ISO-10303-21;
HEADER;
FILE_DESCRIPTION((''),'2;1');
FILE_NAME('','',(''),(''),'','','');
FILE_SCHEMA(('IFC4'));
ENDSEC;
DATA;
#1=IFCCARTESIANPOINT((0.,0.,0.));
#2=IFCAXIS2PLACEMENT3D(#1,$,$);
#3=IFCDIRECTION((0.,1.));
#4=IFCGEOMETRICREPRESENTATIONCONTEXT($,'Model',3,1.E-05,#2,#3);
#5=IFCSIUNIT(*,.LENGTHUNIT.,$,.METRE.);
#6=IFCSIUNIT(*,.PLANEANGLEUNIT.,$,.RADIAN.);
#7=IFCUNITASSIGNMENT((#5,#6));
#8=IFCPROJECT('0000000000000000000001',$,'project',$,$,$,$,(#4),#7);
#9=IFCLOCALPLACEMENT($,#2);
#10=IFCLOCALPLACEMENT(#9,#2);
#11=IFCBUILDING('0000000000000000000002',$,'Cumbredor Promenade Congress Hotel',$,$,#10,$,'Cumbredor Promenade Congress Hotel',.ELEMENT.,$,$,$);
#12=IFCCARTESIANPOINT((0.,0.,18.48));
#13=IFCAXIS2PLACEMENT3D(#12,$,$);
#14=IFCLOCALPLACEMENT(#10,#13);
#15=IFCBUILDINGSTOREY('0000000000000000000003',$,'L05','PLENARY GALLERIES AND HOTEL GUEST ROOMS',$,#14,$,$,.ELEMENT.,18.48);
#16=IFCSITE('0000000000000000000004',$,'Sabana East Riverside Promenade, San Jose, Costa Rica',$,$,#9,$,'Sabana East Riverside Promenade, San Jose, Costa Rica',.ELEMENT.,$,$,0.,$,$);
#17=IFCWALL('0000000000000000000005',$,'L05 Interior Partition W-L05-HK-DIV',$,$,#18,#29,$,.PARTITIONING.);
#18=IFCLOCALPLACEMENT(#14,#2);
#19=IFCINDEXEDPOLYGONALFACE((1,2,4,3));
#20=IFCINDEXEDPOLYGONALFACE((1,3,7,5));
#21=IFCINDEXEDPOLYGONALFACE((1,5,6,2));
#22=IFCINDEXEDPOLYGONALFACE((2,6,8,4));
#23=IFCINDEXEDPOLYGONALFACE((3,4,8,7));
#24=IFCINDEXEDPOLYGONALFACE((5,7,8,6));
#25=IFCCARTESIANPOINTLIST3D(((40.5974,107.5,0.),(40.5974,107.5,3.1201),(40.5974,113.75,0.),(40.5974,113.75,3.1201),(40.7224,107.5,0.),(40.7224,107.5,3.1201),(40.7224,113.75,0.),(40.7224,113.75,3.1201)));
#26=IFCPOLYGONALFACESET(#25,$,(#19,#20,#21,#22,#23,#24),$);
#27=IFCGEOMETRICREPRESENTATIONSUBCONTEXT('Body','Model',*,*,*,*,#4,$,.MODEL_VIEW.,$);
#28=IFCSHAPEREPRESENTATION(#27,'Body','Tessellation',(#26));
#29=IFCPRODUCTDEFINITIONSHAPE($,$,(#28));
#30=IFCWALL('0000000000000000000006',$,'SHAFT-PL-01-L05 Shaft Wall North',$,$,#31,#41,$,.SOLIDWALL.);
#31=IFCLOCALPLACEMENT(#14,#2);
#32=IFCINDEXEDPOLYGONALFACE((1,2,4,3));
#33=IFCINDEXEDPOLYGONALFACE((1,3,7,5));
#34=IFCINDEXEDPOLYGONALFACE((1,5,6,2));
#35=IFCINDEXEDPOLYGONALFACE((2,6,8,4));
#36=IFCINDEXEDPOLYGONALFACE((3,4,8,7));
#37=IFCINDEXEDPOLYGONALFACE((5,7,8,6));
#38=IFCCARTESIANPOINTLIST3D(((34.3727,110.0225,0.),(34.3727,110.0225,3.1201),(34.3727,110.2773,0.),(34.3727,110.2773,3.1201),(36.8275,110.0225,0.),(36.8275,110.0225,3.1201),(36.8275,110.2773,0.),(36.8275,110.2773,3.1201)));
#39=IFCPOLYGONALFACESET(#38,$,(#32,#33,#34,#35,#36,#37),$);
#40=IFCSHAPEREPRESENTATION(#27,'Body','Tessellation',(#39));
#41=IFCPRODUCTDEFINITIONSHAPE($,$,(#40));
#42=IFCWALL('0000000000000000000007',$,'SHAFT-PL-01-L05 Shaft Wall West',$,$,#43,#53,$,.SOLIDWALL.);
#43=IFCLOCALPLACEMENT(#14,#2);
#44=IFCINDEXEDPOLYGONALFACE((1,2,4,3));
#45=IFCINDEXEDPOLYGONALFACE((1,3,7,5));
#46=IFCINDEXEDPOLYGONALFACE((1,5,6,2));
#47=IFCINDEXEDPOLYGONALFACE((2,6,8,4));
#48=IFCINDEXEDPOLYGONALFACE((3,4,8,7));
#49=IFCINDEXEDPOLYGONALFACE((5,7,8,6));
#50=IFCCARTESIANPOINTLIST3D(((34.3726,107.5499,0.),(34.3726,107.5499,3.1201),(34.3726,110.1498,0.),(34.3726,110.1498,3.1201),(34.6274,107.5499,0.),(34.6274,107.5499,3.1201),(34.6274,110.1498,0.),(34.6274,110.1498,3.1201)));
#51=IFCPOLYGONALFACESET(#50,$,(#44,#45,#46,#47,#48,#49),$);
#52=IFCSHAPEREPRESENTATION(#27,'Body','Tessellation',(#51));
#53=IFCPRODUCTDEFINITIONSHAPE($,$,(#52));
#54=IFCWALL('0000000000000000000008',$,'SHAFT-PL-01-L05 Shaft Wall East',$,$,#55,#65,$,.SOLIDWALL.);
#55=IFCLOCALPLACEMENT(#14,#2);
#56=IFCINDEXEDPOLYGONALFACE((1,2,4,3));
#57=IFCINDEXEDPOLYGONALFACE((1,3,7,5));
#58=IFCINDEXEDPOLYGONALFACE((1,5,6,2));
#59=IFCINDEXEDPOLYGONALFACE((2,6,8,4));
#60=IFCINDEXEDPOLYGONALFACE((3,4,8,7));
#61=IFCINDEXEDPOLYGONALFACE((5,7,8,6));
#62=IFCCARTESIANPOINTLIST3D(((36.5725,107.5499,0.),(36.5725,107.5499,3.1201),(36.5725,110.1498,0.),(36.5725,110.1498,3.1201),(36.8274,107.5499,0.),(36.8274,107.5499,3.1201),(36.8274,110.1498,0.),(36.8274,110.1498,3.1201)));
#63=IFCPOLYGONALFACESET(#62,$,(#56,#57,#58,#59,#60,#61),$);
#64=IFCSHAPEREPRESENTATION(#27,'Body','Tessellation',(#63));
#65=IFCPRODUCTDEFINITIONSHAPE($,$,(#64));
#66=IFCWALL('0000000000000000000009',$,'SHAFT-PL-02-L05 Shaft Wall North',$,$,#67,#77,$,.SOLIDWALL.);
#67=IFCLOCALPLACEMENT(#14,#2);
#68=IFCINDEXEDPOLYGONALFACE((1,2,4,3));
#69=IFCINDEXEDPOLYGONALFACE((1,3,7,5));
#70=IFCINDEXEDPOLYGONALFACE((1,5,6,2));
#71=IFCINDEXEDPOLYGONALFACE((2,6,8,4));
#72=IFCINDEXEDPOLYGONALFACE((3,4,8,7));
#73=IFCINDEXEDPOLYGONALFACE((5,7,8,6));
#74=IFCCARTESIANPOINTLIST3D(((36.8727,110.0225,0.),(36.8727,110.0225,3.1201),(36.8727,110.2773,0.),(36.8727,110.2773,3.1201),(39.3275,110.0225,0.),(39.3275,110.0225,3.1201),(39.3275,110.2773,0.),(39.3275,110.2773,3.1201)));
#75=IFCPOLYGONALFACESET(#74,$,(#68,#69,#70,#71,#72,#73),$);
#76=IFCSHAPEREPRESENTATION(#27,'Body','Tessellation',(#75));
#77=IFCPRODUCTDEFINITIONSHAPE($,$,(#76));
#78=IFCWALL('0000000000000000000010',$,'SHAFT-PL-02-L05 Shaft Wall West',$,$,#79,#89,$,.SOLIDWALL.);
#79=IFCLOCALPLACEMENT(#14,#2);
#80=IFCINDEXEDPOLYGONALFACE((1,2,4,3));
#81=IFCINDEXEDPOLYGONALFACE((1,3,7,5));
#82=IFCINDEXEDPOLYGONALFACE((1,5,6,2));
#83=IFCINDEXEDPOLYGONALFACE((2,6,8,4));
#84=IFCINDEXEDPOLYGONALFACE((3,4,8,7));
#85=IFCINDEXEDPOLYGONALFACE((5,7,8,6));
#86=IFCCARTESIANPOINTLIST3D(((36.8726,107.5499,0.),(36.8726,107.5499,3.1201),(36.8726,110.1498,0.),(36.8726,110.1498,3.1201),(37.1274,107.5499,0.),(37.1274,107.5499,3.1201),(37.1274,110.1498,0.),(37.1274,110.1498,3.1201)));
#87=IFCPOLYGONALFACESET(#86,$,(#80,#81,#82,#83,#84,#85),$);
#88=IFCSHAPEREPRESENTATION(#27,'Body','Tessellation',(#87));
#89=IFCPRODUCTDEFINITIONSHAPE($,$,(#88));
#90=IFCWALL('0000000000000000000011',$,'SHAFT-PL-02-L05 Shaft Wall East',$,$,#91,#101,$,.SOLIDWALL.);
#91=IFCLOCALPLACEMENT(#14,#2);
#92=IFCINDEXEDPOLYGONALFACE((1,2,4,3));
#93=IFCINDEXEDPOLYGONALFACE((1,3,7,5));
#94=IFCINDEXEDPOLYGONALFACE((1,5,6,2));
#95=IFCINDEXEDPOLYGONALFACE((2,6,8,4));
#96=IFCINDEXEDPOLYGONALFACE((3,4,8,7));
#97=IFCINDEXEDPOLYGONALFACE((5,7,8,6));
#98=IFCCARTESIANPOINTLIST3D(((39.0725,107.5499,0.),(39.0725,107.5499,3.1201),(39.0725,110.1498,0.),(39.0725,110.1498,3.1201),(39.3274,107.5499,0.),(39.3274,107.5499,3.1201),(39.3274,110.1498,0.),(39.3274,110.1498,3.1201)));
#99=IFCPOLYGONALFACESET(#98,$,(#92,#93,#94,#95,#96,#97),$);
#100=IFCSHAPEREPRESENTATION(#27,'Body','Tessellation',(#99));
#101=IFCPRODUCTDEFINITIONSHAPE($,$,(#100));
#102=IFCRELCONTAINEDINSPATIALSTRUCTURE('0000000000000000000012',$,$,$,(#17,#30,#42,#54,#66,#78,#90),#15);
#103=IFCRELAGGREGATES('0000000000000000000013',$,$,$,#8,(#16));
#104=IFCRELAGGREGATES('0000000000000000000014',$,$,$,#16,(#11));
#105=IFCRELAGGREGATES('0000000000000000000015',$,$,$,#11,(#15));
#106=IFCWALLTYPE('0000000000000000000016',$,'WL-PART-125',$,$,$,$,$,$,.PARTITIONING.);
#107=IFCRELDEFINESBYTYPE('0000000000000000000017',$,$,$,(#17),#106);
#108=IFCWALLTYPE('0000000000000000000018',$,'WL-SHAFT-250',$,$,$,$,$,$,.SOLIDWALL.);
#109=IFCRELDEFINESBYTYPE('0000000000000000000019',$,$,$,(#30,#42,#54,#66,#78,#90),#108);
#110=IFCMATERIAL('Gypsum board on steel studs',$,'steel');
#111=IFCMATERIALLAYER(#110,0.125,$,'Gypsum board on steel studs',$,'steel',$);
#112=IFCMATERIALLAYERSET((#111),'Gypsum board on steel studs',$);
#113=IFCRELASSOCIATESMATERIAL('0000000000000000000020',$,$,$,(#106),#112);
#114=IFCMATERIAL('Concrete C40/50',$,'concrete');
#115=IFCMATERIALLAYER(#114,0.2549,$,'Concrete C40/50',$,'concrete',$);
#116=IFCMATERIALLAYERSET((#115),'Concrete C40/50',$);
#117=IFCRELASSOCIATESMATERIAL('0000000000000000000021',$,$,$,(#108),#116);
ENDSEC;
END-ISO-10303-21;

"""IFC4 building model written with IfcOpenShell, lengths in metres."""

from ifc_helpers import new_model, si_unit, direction, frame, frame_2d, origin, place, context, subcontext, project, spatial, rectangle, extrude, material, layer, layer_set, type_object, element, save


model = new_model("IFC4")

# Units and contexts
model_context = context("Model", 3, precision=1e-05, world=origin(), true_north=direction((0.0, 1.0)))
body_context = subcontext(model_context, "Body", "Model", "MODEL_VIEW")
ifc_project = project(units=[si_unit("LENGTHUNIT", "METRE"), si_unit("PLANEANGLEUNIT", "RADIAN")], contexts=[model_context])

# Site, building, storey
site_placement = place(None, origin())
site = spatial("IfcSite", under=ifc_project, at=site_placement, Name="Sabana East Riverside Promenade, San Jose, Costa Rica", LongName="Sabana East Riverside Promenade, San Jose, Costa Rica", CompositionType="ELEMENT", RefElevation=0.0)
building_placement = place(site_placement, origin())
building = spatial("IfcBuilding", under=site, at=building_placement, Name="Cumbredor Promenade Congress Hotel", LongName="Cumbredor Promenade Congress Hotel", CompositionType="ELEMENT")
storey_placement = place(building_placement, frame((0.0, 0.0, 18.48)))
storey = spatial("IfcBuildingStorey", under=building, at=storey_placement, Name="L05", Description="PLENARY GALLERIES AND HOTEL GUEST ROOMS", CompositionType="ELEMENT", Elevation=18.48)

# Wall
ifc_material_1 = material(Name="Gypsum board on steel studs", Category="steel")
ifc_layer_1 = layer(ifc_material_1, 0.125, Name="Gypsum board on steel studs", Category="steel")
ifc_layer_set_1 = layer_set([ifc_layer_1], Name="Gypsum board on steel studs")
wall_type_1 = type_object("IfcWallType", Name="WL-PART-125", PredefinedType="PARTITIONING", material=ifc_layer_set_1)
wall_1_placement = place(storey_placement, frame((40.6599, 107.5, 0.0), z_axis=(0.0, 0.0, 1.0), x_axis=(0.0, 1.0, 0.0)))
element("IfcWall", 1, at=wall_1_placement, inside=storey, type_object=wall_type_1, Name="L05 Interior Partition W-L05-HK-DIV", PredefinedType="PARTITIONING", context=body_context, shape_type="SweptSolid", body=[
    extrude(rectangle(XDim=6.25, YDim=0.125, at=frame_2d((3.125, 0.0))), origin(), (0.0, 0.0, 1.0), 3.1201),
])

# Shared definitions
ifc_material_2 = material(Name="Concrete C40/50", Category="concrete")
ifc_layer_2 = layer(ifc_material_2, 0.2549, Name="Concrete C40/50", Category="concrete")
ifc_layer_set_2 = layer_set([ifc_layer_2], Name="Concrete C40/50")
wall_type_2 = type_object("IfcWallType", Name="WL-SHAFT-250", PredefinedType="SOLIDWALL", material=ifc_layer_set_2)

# Walls
wall_2_placement = place(storey_placement, frame((34.3726, 110.1499, 0.0), z_axis=(0.0, 0.0, 1.0), x_axis=(1.0, 0.0, 0.0)))
element("IfcWall", 2, at=wall_2_placement, inside=storey, type_object=wall_type_2, Name="SHAFT-PL-01-L05 Shaft Wall North", PredefinedType="SOLIDWALL", context=body_context, shape_type="SweptSolid", body=[
    extrude(rectangle(XDim=2.4548, YDim=0.2549, at=frame_2d((1.2275, 0.0))), origin(), (0.0, 0.0, 1.0), 3.1201),
])
for number, where, z_axis, x_axis, name in (
    (3, (34.5, 107.55, 0.0), (0.0, 0.0, 1.0), (0.0, 1.0, 0.0), "SHAFT-PL-01-L05 Shaft Wall West"),
    (4, (36.7, 107.55, 0.0), (0.0, 0.0, 1.0), (0.0, 1.0, 0.0), "SHAFT-PL-01-L05 Shaft Wall East"),
):
    element("IfcWall", number, at=place(storey_placement, frame(where, z_axis=z_axis, x_axis=x_axis)), inside=storey, type_object=wall_type_2, Name=name, PredefinedType="SOLIDWALL", context=body_context, shape_type="SweptSolid", body=[
        extrude(rectangle(XDim=2.5999, YDim=0.2549, at=frame_2d((1.2998, 0.0))), origin(), (0.0, 0.0, 1.0), 3.1201),
    ])

# Walls
wall_3_placement = place(storey_placement, frame((36.8726, 110.1499, 0.0), z_axis=(0.0, 0.0, 1.0), x_axis=(1.0, 0.0, 0.0)))
element("IfcWall", 5, at=wall_3_placement, inside=storey, type_object=wall_type_2, Name="SHAFT-PL-02-L05 Shaft Wall North", PredefinedType="SOLIDWALL", context=body_context, shape_type="SweptSolid", body=[
    extrude(rectangle(XDim=2.4548, YDim=0.2549, at=frame_2d((1.2275, 0.0))), origin(), (0.0, 0.0, 1.0), 3.1201),
])
for number, where, z_axis, x_axis, name in (
    (6, (37.0, 107.55, 0.0), (0.0, 0.0, 1.0), (0.0, 1.0, 0.0), "SHAFT-PL-02-L05 Shaft Wall West"),
    (7, (39.2, 107.55, 0.0), (0.0, 0.0, 1.0), (0.0, 1.0, 0.0), "SHAFT-PL-02-L05 Shaft Wall East"),
):
    element("IfcWall", number, at=place(storey_placement, frame(where, z_axis=z_axis, x_axis=x_axis)), inside=storey, type_object=wall_type_2, Name=name, PredefinedType="SOLIDWALL", context=body_context, shape_type="SweptSolid", body=[
        extrude(rectangle(XDim=2.5999, YDim=0.2549, at=frame_2d((1.2998, 0.0))), origin(), (0.0, 0.0, 1.0), 3.1201),
    ])

save(model, "model.ifc")
